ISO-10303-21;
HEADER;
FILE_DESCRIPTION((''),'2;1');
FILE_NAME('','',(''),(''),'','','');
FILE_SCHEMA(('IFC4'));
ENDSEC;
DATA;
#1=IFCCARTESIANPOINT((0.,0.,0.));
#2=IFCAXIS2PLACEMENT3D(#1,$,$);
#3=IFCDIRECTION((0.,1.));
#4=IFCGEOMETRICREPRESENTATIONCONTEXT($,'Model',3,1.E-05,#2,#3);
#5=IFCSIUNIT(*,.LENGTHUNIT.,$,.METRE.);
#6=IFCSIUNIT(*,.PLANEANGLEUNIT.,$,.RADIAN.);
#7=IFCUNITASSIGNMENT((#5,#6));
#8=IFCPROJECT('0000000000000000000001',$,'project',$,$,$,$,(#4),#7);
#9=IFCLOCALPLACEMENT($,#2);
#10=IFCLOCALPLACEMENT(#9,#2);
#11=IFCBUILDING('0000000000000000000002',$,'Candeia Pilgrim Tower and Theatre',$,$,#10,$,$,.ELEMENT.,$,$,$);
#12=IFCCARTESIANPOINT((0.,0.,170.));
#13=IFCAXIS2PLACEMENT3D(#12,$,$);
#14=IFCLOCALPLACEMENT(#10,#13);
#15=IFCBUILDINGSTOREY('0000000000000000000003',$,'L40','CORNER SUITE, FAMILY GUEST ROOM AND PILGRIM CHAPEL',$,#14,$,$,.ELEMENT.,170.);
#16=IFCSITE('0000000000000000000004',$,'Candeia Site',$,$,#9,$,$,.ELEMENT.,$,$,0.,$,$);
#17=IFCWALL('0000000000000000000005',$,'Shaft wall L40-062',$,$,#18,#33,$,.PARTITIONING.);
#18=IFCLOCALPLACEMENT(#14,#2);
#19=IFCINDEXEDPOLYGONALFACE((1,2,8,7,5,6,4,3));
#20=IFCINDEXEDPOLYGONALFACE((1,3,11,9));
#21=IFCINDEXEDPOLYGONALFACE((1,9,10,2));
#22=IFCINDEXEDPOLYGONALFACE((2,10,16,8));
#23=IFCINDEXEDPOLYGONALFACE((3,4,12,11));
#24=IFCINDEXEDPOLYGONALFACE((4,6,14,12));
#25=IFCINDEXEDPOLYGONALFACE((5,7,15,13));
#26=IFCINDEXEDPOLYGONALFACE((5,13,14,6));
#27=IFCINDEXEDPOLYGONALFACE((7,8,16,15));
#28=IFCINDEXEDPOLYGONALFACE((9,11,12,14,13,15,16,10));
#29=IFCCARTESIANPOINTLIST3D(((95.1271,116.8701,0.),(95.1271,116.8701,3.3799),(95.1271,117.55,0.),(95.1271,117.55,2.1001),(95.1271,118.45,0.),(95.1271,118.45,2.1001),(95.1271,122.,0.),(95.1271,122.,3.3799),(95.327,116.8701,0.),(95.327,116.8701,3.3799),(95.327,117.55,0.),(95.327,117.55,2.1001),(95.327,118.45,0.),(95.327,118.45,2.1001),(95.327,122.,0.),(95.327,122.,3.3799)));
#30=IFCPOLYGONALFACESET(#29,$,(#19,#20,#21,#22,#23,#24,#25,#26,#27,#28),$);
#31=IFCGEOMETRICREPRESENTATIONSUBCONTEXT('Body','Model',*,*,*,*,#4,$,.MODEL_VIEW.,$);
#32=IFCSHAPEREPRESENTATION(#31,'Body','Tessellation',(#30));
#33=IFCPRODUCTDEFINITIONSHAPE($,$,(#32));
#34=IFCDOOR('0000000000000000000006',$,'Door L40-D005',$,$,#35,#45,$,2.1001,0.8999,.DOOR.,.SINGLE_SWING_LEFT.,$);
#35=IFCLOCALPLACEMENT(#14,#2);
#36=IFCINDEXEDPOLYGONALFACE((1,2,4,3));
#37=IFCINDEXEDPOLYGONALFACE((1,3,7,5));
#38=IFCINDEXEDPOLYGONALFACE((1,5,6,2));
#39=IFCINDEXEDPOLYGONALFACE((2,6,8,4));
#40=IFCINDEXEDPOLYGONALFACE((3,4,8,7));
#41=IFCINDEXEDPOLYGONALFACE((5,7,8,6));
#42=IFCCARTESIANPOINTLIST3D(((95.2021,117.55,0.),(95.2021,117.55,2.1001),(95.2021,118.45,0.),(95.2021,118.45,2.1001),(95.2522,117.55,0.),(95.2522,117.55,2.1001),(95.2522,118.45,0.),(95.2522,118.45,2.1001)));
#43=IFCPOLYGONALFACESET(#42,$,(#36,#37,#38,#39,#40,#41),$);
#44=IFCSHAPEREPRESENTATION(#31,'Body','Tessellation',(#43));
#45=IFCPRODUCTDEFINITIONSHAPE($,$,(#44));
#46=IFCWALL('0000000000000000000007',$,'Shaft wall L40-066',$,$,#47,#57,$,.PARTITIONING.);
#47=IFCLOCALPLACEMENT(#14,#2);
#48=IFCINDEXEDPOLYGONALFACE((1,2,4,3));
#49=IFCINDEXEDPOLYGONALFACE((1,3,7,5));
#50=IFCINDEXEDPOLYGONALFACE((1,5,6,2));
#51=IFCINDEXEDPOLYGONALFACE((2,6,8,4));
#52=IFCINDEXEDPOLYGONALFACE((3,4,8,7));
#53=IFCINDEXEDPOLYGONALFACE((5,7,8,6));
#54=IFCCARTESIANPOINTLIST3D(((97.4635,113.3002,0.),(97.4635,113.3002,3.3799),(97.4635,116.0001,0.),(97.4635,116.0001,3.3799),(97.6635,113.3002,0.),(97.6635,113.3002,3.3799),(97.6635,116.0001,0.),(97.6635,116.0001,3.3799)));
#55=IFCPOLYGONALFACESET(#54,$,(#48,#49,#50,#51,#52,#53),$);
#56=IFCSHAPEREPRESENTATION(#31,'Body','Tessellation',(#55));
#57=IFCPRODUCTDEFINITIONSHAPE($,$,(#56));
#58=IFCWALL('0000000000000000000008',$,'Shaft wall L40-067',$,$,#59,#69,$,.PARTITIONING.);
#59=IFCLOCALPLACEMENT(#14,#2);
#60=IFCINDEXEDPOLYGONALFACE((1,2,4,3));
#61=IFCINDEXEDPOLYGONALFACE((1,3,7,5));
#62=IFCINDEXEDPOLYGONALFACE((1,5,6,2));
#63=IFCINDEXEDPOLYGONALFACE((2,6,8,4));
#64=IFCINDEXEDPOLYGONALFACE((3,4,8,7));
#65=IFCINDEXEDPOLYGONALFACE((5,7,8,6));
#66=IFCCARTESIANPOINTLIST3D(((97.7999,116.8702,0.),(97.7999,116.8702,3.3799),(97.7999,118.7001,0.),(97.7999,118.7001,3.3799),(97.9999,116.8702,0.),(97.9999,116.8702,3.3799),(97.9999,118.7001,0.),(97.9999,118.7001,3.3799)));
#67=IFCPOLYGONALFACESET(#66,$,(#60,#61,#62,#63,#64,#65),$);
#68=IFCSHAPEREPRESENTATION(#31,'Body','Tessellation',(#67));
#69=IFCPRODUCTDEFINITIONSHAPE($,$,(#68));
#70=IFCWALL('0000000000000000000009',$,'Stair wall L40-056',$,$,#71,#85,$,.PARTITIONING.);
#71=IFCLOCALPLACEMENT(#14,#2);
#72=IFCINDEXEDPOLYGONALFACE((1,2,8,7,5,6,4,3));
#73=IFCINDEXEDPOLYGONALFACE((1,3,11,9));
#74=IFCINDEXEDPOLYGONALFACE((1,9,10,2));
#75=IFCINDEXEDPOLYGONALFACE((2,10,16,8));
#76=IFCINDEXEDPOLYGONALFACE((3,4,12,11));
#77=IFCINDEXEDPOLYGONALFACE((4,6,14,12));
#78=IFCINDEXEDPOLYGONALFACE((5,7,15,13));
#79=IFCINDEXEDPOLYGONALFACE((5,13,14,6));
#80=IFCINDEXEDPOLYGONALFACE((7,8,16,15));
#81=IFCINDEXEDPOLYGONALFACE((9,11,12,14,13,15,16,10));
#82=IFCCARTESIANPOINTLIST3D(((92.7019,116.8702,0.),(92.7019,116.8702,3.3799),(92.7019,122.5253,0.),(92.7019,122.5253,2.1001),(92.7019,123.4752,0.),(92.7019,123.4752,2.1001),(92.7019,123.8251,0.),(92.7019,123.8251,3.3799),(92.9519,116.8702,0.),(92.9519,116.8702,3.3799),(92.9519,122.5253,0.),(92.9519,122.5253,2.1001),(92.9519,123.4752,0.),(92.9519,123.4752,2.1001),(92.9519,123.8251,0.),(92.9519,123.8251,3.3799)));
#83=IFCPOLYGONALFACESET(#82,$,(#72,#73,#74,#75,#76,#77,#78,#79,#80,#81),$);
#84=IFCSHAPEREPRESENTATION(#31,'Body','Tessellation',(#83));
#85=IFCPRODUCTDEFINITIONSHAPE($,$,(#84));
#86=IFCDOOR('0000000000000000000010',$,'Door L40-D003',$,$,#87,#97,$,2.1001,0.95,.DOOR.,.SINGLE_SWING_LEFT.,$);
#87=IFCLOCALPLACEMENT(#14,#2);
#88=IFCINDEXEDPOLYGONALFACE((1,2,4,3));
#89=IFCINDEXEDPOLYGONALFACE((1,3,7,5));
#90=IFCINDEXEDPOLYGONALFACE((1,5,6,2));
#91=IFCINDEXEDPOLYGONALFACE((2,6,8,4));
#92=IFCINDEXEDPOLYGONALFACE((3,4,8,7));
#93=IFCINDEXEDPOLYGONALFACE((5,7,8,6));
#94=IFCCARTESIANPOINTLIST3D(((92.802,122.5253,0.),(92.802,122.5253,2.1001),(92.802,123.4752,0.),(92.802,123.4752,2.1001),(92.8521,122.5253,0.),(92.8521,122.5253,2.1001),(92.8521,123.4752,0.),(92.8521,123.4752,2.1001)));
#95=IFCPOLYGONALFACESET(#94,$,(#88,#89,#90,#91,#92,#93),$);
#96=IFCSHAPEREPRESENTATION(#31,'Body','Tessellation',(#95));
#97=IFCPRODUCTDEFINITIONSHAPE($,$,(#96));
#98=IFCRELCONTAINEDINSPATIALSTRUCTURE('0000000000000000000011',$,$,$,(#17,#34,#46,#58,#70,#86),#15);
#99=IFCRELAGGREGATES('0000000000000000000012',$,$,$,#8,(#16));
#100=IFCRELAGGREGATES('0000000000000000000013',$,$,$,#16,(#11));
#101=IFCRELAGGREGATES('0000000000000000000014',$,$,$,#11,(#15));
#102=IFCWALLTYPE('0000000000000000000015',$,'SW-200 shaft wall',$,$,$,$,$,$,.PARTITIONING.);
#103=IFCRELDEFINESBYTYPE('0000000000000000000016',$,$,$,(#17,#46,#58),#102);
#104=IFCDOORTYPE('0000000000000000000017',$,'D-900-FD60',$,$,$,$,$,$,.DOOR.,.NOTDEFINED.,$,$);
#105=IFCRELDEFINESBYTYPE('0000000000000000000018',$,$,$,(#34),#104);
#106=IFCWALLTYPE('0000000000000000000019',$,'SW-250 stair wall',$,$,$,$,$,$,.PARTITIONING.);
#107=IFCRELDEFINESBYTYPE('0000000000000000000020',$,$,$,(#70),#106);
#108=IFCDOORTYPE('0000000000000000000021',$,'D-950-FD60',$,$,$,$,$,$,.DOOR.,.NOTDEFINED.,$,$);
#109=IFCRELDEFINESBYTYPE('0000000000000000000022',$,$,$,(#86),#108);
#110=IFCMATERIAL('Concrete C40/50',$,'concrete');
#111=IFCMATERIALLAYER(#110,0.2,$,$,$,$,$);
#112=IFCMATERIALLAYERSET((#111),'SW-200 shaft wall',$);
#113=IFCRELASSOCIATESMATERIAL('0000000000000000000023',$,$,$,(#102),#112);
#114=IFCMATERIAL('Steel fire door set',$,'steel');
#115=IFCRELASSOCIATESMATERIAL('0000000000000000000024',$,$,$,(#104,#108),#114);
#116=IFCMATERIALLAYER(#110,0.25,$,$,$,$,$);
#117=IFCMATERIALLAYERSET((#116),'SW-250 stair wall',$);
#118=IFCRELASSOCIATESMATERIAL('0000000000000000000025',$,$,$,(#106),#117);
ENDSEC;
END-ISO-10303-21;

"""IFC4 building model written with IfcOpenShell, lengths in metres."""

from ifc_helpers import new_model, si_unit, direction, frame, frame_2d, origin, place, context, subcontext, project, spatial, rectangle, extrude, material, layer, layer_set, type_object, element, fill, save


model = new_model("IFC4")

# Units and contexts
model_context = context("Model", 3, precision=1e-05, world=origin(), true_north=direction((0.0, 1.0)))
body_context = subcontext(model_context, "Body", "Model", "MODEL_VIEW")
ifc_project = project(units=[si_unit("LENGTHUNIT", "METRE"), si_unit("PLANEANGLEUNIT", "RADIAN")], contexts=[model_context])

# Site, building, storey
site_placement = place(None, origin())
site = spatial("IfcSite", under=ifc_project, at=site_placement, Name="Candeia Site", CompositionType="ELEMENT", RefElevation=0.0)
building_placement = place(site_placement, origin())
building = spatial("IfcBuilding", under=site, at=building_placement, Name="Candeia Pilgrim Tower and Theatre", CompositionType="ELEMENT")
storey_placement = place(building_placement, frame((0.0, 0.0, 170.0)))
storey = spatial("IfcBuildingStorey", under=building, at=storey_placement, Name="L40", Description="CORNER SUITE, FAMILY GUEST ROOM AND PILGRIM CHAPEL", CompositionType="ELEMENT", Elevation=170.0)

# Shared definitions
ifc_material_1 = material(Name="Steel fire door set", Category="steel")

# Shared definitions
ifc_material_2 = material(Name="Concrete C40/50", Category="concrete")
ifc_layer_1 = layer(ifc_material_2, 0.2)
ifc_layer_set_1 = layer_set([ifc_layer_1], Name="SW-200 shaft wall")
wall_type_1 = type_object("IfcWallType", Name="SW-200 shaft wall", PredefinedType="PARTITIONING", material=ifc_layer_set_1)

# Wall, opening, door
door_type_1 = type_object("IfcDoorType", Name="D-900-FD60", OperationType="NOTDEFINED", PredefinedType="DOOR", material=ifc_material_1)
wall_1_placement = place(storey_placement, frame((95.2271, 116.8701, 0.0), z_axis=(0.0, 0.0, 1.0), x_axis=(0.0, 1.0, 0.0)))
wall_1 = element("IfcWall", 1, at=wall_1_placement, inside=storey, type_object=wall_type_1, Name="Shaft wall L40-062", PredefinedType="PARTITIONING", context=body_context, shape_type="SweptSolid", body=[
    extrude(rectangle(XDim=5.1299, YDim=0.2, at=frame_2d((2.5649, 0.0))), origin(), (0.0, 0.0, 1.0), 3.3799),
])
opening_1_placement = place(wall_1_placement, frame((0.6799, 0.0, 0.0)))
opening_1 = element("IfcOpeningElement", 2, at=opening_1_placement, cuts=wall_1, PredefinedType="OPENING", context=body_context, shape_type="SweptSolid", body=[
    extrude(rectangle(XDim=0.8999, YDim=2.1001, at=frame_2d((0.45, 1.05))), frame((0.0, 0.1099, 0.0), z_axis=(0.0, -1.0, 0.0), x_axis=(1.0, 0.0, 0.0)), (0.0, 0.0, 1.0), 0.22),
])
door_1_placement = place(opening_1_placement, origin())
door_1 = element("IfcDoor", 3, at=door_1_placement, inside=storey, type_object=door_type_1, Name="Door L40-D005", OperationType="SINGLE_SWING_LEFT", OverallHeight=2.1001, OverallWidth=0.8999, PredefinedType="DOOR", context=body_context, shape_type="SweptSolid", body=[
    extrude(rectangle(XDim=0.8999, YDim=2.1001, at=frame_2d((0.45, 1.05))), frame((0.0, 0.0249, 0.0), z_axis=(0.0, -1.0, 0.0), x_axis=(1.0, 0.0, 0.0)), (0.0, 0.0, 1.0), 0.05),
])
fill(opening_1, door_1)

# Walls
wall_2_placement = place(storey_placement, frame((97.5635, 113.3, 0.0), z_axis=(0.0, 0.0, 1.0), x_axis=(0.0, 1.0, 0.0)))
element("IfcWall", 4, at=wall_2_placement, inside=storey, type_object=wall_type_1, Name="Shaft wall L40-066", PredefinedType="PARTITIONING", context=body_context, shape_type="SweptSolid", body=[
    extrude(rectangle(XDim=2.7, YDim=0.2, at=frame_2d((1.3501, 0.0))), origin(), (0.0, 0.0, 1.0), 3.3799),
])
wall_3_placement = place(storey_placement, frame((97.8999, 116.8701, 0.0), z_axis=(0.0, 0.0, 1.0), x_axis=(0.0, 1.0, 0.0)))
element("IfcWall", 5, at=wall_3_placement, inside=storey, type_object=wall_type_1, Name="Shaft wall L40-067", PredefinedType="PARTITIONING", context=body_context, shape_type="SweptSolid", body=[
    extrude(rectangle(XDim=1.8298, YDim=0.2, at=frame_2d((0.915, 0.0))), origin(), (0.0, 0.0, 1.0), 3.3799),
])

# Wall, opening, door
ifc_layer_2 = layer(ifc_material_2, 0.25)
ifc_layer_set_2 = layer_set([ifc_layer_2], Name="SW-250 stair wall")
wall_type_2 = type_object("IfcWallType", Name="SW-250 stair wall", PredefinedType="PARTITIONING", material=ifc_layer_set_2)
wall_4_placement = place(storey_placement, frame((92.8269, 116.8701, 0.0), z_axis=(0.0, 0.0, 1.0), x_axis=(0.0, 1.0, 0.0)))
wall_4 = element("IfcWall", 6, at=wall_4_placement, inside=storey, type_object=wall_type_2, Name="Stair wall L40-056", PredefinedType="PARTITIONING", context=body_context, shape_type="SweptSolid", body=[
    extrude(rectangle(XDim=6.9548, YDim=0.25, at=frame_2d((3.4775, 0.0))), origin(), (0.0, 0.0, 1.0), 3.3799),
])
opening_2_placement = place(wall_4_placement, frame((5.655, 0.0, 0.0)))
opening_2 = element("IfcOpeningElement", 7, at=opening_2_placement, cuts=wall_4, PredefinedType="OPENING", context=body_context, shape_type="SweptSolid", body=[
    extrude(rectangle(XDim=0.95, YDim=2.1001, at=frame_2d((0.4751, 1.05))), frame((0.0, 0.135, 0.0), z_axis=(0.0, -1.0, 0.0), x_axis=(1.0, 0.0, 0.0)), (0.0, 0.0, 1.0), 0.27),
])
door_type_2 = type_object("IfcDoorType", Name="D-950-FD60", OperationType="NOTDEFINED", PredefinedType="DOOR", material=ifc_material_1)
door_2_placement = place(opening_2_placement, origin())
door_2 = element("IfcDoor", 8, at=door_2_placement, inside=storey, type_object=door_type_2, Name="Door L40-D003", OperationType="SINGLE_SWING_LEFT", OverallHeight=2.1001, OverallWidth=0.95, PredefinedType="DOOR", context=body_context, shape_type="SweptSolid", body=[
    extrude(rectangle(XDim=0.95, YDim=2.1001, at=frame_2d((0.4751, 1.05))), frame((0.0, 0.0249, 0.0), z_axis=(0.0, -1.0, 0.0), x_axis=(1.0, 0.0, 0.0)), (0.0, 0.0, 1.0), 0.05),
])
fill(opening_2, door_2)

save(model, "model.ifc")
